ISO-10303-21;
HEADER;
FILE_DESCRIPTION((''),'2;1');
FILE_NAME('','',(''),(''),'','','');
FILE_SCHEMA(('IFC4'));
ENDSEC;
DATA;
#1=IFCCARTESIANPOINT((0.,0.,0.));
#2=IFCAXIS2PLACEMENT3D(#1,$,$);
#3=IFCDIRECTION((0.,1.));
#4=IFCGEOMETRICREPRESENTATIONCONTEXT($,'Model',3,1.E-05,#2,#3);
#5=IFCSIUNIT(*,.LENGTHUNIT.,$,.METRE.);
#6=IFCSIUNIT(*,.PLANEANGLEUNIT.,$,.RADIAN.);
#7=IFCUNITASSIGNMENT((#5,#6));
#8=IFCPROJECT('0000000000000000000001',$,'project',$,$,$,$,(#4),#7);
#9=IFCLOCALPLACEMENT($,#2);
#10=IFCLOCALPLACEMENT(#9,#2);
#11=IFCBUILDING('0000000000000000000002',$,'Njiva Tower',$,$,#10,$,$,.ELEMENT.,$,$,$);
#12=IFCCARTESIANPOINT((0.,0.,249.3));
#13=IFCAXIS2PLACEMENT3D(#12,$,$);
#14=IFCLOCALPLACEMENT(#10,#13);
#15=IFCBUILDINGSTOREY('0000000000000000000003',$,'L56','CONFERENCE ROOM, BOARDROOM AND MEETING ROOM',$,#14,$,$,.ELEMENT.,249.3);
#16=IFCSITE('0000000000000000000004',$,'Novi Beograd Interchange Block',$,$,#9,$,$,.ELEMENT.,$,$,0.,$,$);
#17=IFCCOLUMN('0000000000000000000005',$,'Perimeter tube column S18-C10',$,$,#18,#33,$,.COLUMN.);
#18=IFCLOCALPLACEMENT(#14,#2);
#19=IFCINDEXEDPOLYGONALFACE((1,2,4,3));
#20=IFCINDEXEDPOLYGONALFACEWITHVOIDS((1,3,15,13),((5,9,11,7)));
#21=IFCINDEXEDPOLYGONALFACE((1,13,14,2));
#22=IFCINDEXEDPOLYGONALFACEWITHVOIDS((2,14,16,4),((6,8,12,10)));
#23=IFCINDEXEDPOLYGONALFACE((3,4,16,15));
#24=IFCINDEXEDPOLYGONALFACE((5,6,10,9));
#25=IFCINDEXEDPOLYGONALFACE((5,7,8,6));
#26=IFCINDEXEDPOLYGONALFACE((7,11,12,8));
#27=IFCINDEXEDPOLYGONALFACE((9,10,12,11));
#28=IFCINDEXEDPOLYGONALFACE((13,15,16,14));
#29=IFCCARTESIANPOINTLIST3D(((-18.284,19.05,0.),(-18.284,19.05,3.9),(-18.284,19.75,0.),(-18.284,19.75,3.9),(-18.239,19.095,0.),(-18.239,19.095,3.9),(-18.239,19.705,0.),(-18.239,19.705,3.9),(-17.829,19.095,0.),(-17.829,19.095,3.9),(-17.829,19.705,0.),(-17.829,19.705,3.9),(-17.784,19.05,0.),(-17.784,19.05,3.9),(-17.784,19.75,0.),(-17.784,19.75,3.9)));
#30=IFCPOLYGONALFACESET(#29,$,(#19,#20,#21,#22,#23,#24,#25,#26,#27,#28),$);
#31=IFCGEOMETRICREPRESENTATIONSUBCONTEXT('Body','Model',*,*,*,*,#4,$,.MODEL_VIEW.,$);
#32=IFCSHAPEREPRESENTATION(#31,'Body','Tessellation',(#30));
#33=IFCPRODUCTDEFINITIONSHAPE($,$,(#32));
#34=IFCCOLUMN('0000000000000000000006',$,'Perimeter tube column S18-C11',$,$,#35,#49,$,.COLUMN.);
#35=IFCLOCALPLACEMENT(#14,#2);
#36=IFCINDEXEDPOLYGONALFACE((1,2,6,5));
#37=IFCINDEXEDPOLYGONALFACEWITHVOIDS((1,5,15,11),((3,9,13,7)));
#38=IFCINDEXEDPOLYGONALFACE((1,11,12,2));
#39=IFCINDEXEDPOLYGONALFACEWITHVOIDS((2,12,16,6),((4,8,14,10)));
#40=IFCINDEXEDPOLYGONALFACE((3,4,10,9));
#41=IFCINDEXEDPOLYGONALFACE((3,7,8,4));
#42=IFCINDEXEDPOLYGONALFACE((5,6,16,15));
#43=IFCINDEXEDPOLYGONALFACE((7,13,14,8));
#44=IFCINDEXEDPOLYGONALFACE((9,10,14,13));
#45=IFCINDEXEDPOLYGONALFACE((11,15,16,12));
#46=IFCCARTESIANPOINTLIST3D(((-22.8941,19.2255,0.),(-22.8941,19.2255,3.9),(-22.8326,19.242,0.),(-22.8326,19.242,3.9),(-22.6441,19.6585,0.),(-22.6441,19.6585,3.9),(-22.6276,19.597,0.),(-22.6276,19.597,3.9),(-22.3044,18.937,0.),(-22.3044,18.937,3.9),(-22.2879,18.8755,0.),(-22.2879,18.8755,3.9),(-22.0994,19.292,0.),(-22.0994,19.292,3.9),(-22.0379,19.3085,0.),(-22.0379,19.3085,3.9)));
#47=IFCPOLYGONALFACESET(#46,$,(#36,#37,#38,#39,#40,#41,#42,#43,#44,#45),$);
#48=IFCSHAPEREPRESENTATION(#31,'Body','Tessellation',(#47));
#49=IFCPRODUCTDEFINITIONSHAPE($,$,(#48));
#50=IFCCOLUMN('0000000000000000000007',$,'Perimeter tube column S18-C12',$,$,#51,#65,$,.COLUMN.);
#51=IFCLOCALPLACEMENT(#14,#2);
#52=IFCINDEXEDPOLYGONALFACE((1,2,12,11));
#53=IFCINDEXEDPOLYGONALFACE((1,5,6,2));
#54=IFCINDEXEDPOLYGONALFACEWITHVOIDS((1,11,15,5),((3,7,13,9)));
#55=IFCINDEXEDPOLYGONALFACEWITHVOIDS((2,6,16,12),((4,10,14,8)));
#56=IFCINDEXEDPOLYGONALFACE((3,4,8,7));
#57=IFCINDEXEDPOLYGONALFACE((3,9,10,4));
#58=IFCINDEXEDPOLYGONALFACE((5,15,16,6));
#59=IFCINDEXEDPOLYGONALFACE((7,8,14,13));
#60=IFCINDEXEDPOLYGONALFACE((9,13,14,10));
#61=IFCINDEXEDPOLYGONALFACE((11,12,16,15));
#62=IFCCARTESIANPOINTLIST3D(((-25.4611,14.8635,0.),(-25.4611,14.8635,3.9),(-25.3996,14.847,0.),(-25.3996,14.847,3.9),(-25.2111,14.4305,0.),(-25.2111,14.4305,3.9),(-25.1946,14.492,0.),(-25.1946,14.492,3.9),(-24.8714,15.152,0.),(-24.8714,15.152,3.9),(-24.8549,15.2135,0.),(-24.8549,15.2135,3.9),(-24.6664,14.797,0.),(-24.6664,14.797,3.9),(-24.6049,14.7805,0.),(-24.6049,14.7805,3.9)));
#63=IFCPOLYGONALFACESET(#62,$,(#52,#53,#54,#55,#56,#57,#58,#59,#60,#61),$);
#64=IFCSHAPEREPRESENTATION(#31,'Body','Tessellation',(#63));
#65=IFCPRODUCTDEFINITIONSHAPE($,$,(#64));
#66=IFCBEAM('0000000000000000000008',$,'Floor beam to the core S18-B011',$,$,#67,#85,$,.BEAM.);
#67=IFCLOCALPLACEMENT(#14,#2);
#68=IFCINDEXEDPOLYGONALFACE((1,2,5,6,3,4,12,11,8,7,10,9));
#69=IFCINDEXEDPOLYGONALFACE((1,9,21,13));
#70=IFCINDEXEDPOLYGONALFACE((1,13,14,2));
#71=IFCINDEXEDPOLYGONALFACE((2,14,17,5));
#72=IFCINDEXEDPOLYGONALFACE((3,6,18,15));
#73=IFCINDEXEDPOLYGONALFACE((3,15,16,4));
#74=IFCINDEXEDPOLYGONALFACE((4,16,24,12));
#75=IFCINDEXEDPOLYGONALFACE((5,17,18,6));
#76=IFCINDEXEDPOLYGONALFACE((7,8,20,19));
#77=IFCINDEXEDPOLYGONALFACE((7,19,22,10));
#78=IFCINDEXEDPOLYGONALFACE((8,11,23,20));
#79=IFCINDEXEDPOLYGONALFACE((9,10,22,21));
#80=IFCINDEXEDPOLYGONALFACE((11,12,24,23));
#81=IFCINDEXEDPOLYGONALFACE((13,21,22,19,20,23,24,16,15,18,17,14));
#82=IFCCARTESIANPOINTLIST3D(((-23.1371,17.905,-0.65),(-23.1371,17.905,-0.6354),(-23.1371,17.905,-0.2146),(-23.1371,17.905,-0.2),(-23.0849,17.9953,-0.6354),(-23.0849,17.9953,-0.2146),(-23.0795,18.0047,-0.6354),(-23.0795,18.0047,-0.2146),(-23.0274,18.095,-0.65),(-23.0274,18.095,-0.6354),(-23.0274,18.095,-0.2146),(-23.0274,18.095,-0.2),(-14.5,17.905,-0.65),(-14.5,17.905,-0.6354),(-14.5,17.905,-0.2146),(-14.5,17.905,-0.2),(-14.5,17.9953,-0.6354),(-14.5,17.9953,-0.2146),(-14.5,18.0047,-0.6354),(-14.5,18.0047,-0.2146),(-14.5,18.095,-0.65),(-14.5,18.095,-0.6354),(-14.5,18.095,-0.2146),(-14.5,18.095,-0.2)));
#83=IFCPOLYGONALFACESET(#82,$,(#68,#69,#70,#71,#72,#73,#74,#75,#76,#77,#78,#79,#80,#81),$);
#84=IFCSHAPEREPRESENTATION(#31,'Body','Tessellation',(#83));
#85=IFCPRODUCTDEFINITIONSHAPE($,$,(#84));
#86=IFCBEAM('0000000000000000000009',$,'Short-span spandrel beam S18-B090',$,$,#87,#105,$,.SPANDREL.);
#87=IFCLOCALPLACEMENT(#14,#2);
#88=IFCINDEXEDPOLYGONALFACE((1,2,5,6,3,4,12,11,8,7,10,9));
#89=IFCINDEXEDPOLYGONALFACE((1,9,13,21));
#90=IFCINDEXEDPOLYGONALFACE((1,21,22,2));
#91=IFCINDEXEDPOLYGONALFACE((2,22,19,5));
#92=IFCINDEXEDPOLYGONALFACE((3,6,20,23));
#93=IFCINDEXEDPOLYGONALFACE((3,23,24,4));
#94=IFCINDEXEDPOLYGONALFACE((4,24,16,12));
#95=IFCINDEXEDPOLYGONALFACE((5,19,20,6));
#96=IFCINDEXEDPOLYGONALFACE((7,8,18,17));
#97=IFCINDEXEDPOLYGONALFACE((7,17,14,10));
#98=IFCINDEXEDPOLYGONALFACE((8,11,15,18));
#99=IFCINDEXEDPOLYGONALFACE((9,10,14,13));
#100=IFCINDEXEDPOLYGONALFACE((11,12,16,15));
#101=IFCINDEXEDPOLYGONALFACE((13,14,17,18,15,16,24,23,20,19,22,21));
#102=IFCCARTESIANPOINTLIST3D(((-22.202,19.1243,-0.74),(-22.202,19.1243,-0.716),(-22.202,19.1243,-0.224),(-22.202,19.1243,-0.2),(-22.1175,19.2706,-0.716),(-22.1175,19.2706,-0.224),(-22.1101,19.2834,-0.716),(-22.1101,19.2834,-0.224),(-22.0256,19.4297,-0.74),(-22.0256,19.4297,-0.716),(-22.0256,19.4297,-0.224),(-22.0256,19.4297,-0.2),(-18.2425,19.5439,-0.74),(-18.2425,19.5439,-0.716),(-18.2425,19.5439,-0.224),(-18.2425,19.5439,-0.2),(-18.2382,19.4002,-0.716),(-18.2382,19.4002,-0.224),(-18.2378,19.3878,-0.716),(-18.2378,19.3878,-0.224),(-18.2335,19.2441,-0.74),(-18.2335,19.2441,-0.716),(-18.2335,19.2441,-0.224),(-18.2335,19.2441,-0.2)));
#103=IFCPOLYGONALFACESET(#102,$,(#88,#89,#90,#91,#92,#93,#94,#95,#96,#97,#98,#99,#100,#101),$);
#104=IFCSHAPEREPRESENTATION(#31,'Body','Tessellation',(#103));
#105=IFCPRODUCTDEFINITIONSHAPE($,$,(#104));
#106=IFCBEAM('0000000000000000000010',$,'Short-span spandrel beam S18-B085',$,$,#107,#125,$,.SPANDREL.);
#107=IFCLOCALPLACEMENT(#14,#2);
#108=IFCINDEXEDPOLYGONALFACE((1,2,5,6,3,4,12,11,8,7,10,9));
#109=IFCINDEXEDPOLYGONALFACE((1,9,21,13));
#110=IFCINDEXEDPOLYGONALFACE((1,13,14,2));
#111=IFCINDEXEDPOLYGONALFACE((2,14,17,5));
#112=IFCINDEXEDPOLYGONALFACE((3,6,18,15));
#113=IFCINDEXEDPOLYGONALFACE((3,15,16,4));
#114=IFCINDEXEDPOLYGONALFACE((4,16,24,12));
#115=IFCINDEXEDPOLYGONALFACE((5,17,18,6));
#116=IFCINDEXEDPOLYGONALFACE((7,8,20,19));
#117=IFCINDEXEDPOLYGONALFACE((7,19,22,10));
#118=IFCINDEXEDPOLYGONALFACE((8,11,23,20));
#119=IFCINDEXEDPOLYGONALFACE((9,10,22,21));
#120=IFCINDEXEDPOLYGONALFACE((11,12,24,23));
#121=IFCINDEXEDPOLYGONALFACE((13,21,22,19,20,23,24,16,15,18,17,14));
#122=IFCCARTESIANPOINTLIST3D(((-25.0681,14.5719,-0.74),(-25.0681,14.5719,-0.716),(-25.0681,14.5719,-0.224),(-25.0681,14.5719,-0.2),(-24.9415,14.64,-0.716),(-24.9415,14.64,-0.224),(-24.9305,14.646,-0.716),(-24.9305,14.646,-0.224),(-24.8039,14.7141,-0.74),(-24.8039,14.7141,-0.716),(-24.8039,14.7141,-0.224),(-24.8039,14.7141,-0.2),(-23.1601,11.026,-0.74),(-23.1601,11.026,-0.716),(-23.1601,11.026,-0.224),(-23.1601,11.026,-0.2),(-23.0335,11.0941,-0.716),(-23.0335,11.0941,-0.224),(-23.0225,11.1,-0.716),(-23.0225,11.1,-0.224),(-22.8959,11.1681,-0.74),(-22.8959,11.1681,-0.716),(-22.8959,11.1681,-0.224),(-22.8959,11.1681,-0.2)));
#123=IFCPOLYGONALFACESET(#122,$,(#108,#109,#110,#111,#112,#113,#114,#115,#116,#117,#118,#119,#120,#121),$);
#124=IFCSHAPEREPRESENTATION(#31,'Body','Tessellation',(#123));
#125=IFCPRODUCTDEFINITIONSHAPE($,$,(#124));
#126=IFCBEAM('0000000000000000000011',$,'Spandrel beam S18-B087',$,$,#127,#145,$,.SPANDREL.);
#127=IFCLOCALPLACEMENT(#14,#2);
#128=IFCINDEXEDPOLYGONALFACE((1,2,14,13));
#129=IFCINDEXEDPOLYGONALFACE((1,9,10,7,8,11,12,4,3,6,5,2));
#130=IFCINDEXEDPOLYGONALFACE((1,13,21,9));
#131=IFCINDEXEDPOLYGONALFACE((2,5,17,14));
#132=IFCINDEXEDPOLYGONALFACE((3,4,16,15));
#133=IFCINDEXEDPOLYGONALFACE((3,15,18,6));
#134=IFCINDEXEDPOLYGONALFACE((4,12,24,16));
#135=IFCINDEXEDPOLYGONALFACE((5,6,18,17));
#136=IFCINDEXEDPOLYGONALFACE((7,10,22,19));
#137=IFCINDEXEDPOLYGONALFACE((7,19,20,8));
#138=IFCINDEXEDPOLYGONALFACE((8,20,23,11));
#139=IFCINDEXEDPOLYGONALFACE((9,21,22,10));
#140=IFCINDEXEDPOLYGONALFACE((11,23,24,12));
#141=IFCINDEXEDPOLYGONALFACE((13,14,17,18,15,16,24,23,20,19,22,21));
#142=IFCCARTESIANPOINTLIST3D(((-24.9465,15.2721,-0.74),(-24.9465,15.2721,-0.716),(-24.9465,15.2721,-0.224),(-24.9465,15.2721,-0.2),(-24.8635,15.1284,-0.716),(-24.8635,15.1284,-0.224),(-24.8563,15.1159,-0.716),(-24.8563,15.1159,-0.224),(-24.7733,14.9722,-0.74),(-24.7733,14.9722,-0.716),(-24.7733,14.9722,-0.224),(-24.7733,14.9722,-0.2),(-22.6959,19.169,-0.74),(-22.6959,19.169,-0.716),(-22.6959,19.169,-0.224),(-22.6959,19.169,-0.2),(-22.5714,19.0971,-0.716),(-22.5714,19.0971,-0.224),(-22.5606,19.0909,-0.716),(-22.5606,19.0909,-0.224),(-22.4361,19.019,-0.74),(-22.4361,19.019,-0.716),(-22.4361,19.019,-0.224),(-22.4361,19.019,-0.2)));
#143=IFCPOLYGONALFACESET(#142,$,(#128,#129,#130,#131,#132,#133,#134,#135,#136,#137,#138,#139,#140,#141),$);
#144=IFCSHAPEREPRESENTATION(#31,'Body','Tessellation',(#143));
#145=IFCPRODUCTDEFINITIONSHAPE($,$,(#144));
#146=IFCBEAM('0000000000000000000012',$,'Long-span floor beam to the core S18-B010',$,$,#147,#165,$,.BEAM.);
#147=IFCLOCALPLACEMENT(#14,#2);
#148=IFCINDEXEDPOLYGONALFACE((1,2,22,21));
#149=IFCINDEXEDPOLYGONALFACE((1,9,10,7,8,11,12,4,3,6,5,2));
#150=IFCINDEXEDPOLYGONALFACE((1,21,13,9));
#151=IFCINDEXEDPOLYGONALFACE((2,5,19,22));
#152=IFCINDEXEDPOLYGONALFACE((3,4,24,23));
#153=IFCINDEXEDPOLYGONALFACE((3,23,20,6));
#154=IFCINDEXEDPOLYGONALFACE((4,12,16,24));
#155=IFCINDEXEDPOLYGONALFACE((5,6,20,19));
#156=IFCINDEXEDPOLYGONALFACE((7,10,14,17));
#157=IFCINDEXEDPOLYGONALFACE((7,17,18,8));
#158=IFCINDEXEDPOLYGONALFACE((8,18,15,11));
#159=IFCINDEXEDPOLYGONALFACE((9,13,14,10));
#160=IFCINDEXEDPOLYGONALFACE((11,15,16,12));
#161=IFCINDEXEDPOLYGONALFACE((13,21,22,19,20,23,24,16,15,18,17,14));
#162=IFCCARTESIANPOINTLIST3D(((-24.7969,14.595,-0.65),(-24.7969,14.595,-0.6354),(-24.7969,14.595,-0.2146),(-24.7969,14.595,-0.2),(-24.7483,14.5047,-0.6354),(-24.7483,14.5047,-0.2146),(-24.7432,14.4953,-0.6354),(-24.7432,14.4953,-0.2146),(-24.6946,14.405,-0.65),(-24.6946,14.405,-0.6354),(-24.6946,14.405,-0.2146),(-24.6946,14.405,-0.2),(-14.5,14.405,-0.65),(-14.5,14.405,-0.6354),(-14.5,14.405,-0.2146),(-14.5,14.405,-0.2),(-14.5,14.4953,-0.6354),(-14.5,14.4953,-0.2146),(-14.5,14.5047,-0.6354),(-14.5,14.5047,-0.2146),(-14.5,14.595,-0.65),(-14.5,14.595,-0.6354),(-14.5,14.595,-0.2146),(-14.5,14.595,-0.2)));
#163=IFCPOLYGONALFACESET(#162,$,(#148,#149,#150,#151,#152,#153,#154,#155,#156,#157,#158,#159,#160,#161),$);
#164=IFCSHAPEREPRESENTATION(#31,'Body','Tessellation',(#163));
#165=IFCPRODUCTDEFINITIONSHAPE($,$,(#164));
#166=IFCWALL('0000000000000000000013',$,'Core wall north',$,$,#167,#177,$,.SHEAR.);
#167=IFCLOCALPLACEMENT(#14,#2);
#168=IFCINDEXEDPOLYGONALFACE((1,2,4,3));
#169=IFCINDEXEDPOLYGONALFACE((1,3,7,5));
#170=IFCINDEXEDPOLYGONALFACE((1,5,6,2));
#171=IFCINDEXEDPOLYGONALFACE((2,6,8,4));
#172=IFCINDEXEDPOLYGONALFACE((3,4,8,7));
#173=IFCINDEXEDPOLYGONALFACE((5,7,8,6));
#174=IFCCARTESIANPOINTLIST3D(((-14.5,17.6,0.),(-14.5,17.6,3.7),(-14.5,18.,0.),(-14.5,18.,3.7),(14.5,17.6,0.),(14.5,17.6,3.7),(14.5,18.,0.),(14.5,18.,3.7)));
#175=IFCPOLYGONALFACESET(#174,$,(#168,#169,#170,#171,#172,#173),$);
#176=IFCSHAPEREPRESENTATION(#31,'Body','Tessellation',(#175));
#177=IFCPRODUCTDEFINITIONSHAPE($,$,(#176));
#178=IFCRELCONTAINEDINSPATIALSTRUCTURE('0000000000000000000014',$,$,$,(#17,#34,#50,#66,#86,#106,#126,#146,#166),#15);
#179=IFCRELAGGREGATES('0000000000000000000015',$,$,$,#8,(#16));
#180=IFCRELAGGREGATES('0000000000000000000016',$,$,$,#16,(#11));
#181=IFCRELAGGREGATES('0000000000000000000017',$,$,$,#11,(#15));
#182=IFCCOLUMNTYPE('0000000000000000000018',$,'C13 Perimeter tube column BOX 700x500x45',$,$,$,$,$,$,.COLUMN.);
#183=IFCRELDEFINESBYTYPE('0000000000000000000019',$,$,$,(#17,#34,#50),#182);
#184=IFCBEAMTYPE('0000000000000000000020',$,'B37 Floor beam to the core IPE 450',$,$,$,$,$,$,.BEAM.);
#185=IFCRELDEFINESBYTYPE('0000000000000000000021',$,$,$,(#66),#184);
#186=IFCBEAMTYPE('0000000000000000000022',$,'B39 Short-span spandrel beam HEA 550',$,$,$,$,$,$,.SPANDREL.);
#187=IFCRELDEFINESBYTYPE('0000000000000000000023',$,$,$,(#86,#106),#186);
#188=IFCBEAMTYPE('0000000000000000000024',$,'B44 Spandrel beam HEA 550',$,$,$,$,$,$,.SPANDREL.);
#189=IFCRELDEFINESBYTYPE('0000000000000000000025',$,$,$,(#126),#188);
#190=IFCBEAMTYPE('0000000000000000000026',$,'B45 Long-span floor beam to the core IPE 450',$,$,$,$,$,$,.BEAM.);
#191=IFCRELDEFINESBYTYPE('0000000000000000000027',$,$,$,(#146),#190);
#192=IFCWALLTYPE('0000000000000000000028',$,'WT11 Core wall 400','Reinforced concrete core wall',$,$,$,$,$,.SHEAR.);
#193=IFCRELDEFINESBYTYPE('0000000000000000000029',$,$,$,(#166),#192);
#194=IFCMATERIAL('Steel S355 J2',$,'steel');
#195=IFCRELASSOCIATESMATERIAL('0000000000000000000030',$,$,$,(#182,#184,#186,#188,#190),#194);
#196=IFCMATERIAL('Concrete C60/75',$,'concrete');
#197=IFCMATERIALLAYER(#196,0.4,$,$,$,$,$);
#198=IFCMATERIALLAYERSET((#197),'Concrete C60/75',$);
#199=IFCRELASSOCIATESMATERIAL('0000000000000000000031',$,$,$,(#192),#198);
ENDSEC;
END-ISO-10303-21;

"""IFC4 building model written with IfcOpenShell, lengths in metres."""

from ifc_helpers import new_model, si_unit, direction, frame, frame_2d, origin, origin_2d, place, context, subcontext, project, spatial, rectangle, hollow_rectangle, i_section, extrude, clip, halfspace, material, layer, layer_set, material_profile, profile_set, type_object, element, save


model = new_model("IFC4")

# Units and contexts
model_context = context("Model", 3, precision=1e-05, world=origin(), true_north=direction((0.0, 1.0)))
body_context = subcontext(model_context, "Body", "Model", "MODEL_VIEW")
ifc_project = project(units=[si_unit("LENGTHUNIT", "METRE"), si_unit("PLANEANGLEUNIT", "RADIAN")], contexts=[model_context])

# Site, building, storey
site_placement = place(None, origin())
site = spatial("IfcSite", under=ifc_project, at=site_placement, Name="Novi Beograd Interchange Block", CompositionType="ELEMENT", RefElevation=0.0)
building_placement = place(site_placement, origin())
building = spatial("IfcBuilding", under=site, at=building_placement, Name="Njiva Tower", CompositionType="ELEMENT")
storey_placement = place(building_placement, frame((0.0, 0.0, 249.3)))
storey = spatial("IfcBuildingStorey", under=building, at=storey_placement, Name="L56", Description="CONFERENCE ROOM, BOARDROOM AND MEETING ROOM", CompositionType="ELEMENT", Elevation=249.3)

# Columns
ifc_material_1 = material(Name="Steel S355 J2", Category="steel")
ifc_material_profile_1 = material_profile(ifc_material_1, hollow_rectangle(XDim=0.5, YDim=0.7, WallThickness=0.045, at=origin_2d()), Name="BOX 700x500x45")
ifc_profile_set_1 = profile_set([ifc_material_profile_1], Name="Steel S355 J2")
column_type = type_object("IfcColumnType", Name="C13 Perimeter tube column BOX 700x500x45", PredefinedType="COLUMN", material=ifc_profile_set_1)
for number, where, z_axis, x_axis, name in (
    (1, (-18.034, 19.4, 0.0), (0.0, 0.0, 1.0), (-1.0, 0.0, 0.0), "Perimeter tube column S18-C10"),
    (2, (-22.466, 19.267, 0.0), (0.0, 0.0, 1.0), (-0.5, -0.866025, 0.0), "Perimeter tube column S18-C11"),
    (3, (-25.033, 14.822, 0.0), (0.0, 0.0, 1.0), (0.5, -0.866025, 0.0), "Perimeter tube column S18-C12"),
):
    element("IfcColumn", number, at=place(storey_placement, frame(where, z_axis=z_axis, x_axis=x_axis)), inside=storey, type_object=column_type, Name=name, PredefinedType="COLUMN", context=body_context, shape_type="SweptSolid", body=[
        extrude(hollow_rectangle(XDim=0.5, YDim=0.7, WallThickness=0.045, at=origin_2d()), origin(), (0.0, 0.0, 1.0), 3.9),
    ])

# Beams
ifc_material_profile_2 = material_profile(ifc_material_1, i_section(OverallWidth=0.19, OverallDepth=0.45, WebThickness=0.0094, FlangeThickness=0.0146, at=origin_2d()), Name="IPE 450")
ifc_profile_set_2 = profile_set([ifc_material_profile_2], Name="Steel S355 J2")
beam_type_1 = type_object("IfcBeamType", Name="B37 Floor beam to the core IPE 450", PredefinedType="BEAM", material=ifc_profile_set_2)
beam_1_placement = place(storey_placement, frame((-23.157, 18.0, -0.425), z_axis=(1.0, 0.0, 0.0), x_axis=(0.0, 1.0, 0.0)))
element("IfcBeam", 4, at=beam_1_placement, inside=storey, type_object=beam_type_1, Name="Floor beam to the core S18-B011", PredefinedType="BEAM", context=body_context, shape_type="Clipping", body=[
    clip(extrude(i_section(OverallWidth=0.19, OverallDepth=0.45, WebThickness=0.0094, FlangeThickness=0.0146, at=origin_2d()), origin(), (0.0, 0.0, 1.0), 8.657), halfspace(frame((0.025, 0.0, 0.0892), z_axis=(0.499998, 0.0, -0.866027), x_axis=(0.0, -1.0, 0.0)), False)),
])
ifc_material_profile_3 = material_profile(ifc_material_1, i_section(OverallWidth=0.3, OverallDepth=0.54, WebThickness=0.0125, FlangeThickness=0.024, at=origin_2d()), Name="HEA 550")
ifc_profile_set_3 = profile_set([ifc_material_profile_3], Name="Steel S355 J2")
beam_type_2 = type_object("IfcBeamType", Name="B39 Short-span spandrel beam HEA 550", PredefinedType="SPANDREL", material=ifc_profile_set_3)
beam_2_placement = place(storey_placement, frame((-18.238, 19.394, -0.47), z_axis=(-0.999545, -0.030172, 0.0), x_axis=(0.030172, -0.999545, 0.0)))
element("IfcBeam", 5, at=beam_2_placement, inside=storey, type_object=beam_type_2, Name="Short-span spandrel beam S18-B090", PredefinedType="SPANDREL", context=body_context, shape_type="Clipping", body=[
    clip(extrude(i_section(OverallWidth=0.3, OverallDepth=0.54, WebThickness=0.0125, FlangeThickness=0.024, at=origin_2d()), origin(), (0.0, 0.0, 1.0), 3.9908), halfspace(frame((-0.0268, 0.0, 3.861), z_axis=(-0.5259, 0.0, 0.850546), x_axis=(0.0, 1.0, 0.0)), False)),
])
beam_3_placement = place(storey_placement, frame((-24.936, 14.643, -0.47), z_axis=(0.473833, -0.880615, 0.0), x_axis=(0.880615, 0.473833, 0.0)))
element("IfcBeam", 6, at=beam_3_placement, inside=storey, type_object=beam_type_2, Name="Short-span spandrel beam S18-B085", PredefinedType="SPANDREL", context=body_context, shape_type="SweptSolid", body=[
    extrude(i_section(OverallWidth=0.3, OverallDepth=0.54, WebThickness=0.0125, FlangeThickness=0.024, at=origin_2d()), origin(), (0.0, 0.0, 1.0), 4.0267),
])
ifc_material_profile_4 = material_profile(ifc_material_1, i_section(OverallWidth=0.3, OverallDepth=0.54, WebThickness=0.0125, FlangeThickness=0.024, at=origin_2d()), Name="HEA 550")
ifc_profile_set_4 = profile_set([ifc_material_profile_4], Name="Steel S355 J2")
beam_type_3 = type_object("IfcBeamType", Name="B44 Spandrel beam HEA 550", PredefinedType="SPANDREL", material=ifc_profile_set_4)
beam_4_placement = place(storey_placement, frame((-22.566, 19.094, -0.47), z_axis=(-0.500125, -0.865953, 0.0), x_axis=(0.865953, -0.500125, 0.0)))
element("IfcBeam", 7, at=beam_4_placement, inside=storey, type_object=beam_type_3, Name="Spandrel beam S18-B087", PredefinedType="SPANDREL", context=body_context, shape_type="Clipping", body=[
    clip(extrude(i_section(OverallWidth=0.3, OverallDepth=0.54, WebThickness=0.0125, FlangeThickness=0.024, at=origin_2d()), origin(), (0.0, 0.0, 1.0), 4.6939), halfspace(frame((-0.0244, 0.0, 4.5726), z_axis=(-0.499877, 0.0, 0.866096), x_axis=(0.0, 1.0, 0.0)), False)),
])
ifc_material_profile_5 = material_profile(ifc_material_1, i_section(OverallWidth=0.19, OverallDepth=0.45, WebThickness=0.0094, FlangeThickness=0.0146, at=origin_2d()), Name="IPE 450")
ifc_profile_set_5 = profile_set([ifc_material_profile_5], Name="Steel S355 J2")
beam_type_4 = type_object("IfcBeamType", Name="B45 Long-span floor beam to the core IPE 450", PredefinedType="BEAM", material=ifc_profile_set_5)
beam_5_placement = place(storey_placement, frame((-24.817, 14.5, -0.425), z_axis=(1.0, 0.0, 0.0), x_axis=(0.0, 1.0, 0.0)))
element("IfcBeam", 8, at=beam_5_placement, inside=storey, type_object=beam_type_4, Name="Long-span floor beam to the core S18-B010", PredefinedType="BEAM", context=body_context, shape_type="Clipping", body=[
    clip(extrude(i_section(OverallWidth=0.19, OverallDepth=0.45, WebThickness=0.0094, FlangeThickness=0.0146, at=origin_2d()), origin(), (0.0, 0.0, 1.0), 10.317), halfspace(frame((-0.0237, 0.0, 0.084), z_axis=(-0.473777, 0.0, -0.880645), x_axis=(0.0, -1.0, 0.0)), False)),
])

# Wall
ifc_material_2 = material(Name="Concrete C60/75", Category="concrete")
ifc_layer_1 = layer(ifc_material_2, 0.4)
ifc_layer_set_1 = layer_set([ifc_layer_1], Name="Concrete C60/75")
wall_type_1 = type_object("IfcWallType", Name="WT11 Core wall 400", Description="Reinforced concrete core wall", PredefinedType="SHEAR", material=ifc_layer_set_1)
wall_1_placement = place(storey_placement, frame((-14.5, 17.8, 0.0), z_axis=(0.0, 0.0, 1.0), x_axis=(1.0, 0.0, 0.0)))
element("IfcWall", 9, at=wall_1_placement, inside=storey, type_object=wall_type_1, Name="Core wall north", PredefinedType="SHEAR", context=body_context, shape_type="SweptSolid", body=[
    extrude(rectangle(XDim=29.0, YDim=0.4, at=frame_2d((14.5, 0.0))), origin(), (0.0, 0.0, 1.0), 3.7),
])

save(model, "model.ifc")
